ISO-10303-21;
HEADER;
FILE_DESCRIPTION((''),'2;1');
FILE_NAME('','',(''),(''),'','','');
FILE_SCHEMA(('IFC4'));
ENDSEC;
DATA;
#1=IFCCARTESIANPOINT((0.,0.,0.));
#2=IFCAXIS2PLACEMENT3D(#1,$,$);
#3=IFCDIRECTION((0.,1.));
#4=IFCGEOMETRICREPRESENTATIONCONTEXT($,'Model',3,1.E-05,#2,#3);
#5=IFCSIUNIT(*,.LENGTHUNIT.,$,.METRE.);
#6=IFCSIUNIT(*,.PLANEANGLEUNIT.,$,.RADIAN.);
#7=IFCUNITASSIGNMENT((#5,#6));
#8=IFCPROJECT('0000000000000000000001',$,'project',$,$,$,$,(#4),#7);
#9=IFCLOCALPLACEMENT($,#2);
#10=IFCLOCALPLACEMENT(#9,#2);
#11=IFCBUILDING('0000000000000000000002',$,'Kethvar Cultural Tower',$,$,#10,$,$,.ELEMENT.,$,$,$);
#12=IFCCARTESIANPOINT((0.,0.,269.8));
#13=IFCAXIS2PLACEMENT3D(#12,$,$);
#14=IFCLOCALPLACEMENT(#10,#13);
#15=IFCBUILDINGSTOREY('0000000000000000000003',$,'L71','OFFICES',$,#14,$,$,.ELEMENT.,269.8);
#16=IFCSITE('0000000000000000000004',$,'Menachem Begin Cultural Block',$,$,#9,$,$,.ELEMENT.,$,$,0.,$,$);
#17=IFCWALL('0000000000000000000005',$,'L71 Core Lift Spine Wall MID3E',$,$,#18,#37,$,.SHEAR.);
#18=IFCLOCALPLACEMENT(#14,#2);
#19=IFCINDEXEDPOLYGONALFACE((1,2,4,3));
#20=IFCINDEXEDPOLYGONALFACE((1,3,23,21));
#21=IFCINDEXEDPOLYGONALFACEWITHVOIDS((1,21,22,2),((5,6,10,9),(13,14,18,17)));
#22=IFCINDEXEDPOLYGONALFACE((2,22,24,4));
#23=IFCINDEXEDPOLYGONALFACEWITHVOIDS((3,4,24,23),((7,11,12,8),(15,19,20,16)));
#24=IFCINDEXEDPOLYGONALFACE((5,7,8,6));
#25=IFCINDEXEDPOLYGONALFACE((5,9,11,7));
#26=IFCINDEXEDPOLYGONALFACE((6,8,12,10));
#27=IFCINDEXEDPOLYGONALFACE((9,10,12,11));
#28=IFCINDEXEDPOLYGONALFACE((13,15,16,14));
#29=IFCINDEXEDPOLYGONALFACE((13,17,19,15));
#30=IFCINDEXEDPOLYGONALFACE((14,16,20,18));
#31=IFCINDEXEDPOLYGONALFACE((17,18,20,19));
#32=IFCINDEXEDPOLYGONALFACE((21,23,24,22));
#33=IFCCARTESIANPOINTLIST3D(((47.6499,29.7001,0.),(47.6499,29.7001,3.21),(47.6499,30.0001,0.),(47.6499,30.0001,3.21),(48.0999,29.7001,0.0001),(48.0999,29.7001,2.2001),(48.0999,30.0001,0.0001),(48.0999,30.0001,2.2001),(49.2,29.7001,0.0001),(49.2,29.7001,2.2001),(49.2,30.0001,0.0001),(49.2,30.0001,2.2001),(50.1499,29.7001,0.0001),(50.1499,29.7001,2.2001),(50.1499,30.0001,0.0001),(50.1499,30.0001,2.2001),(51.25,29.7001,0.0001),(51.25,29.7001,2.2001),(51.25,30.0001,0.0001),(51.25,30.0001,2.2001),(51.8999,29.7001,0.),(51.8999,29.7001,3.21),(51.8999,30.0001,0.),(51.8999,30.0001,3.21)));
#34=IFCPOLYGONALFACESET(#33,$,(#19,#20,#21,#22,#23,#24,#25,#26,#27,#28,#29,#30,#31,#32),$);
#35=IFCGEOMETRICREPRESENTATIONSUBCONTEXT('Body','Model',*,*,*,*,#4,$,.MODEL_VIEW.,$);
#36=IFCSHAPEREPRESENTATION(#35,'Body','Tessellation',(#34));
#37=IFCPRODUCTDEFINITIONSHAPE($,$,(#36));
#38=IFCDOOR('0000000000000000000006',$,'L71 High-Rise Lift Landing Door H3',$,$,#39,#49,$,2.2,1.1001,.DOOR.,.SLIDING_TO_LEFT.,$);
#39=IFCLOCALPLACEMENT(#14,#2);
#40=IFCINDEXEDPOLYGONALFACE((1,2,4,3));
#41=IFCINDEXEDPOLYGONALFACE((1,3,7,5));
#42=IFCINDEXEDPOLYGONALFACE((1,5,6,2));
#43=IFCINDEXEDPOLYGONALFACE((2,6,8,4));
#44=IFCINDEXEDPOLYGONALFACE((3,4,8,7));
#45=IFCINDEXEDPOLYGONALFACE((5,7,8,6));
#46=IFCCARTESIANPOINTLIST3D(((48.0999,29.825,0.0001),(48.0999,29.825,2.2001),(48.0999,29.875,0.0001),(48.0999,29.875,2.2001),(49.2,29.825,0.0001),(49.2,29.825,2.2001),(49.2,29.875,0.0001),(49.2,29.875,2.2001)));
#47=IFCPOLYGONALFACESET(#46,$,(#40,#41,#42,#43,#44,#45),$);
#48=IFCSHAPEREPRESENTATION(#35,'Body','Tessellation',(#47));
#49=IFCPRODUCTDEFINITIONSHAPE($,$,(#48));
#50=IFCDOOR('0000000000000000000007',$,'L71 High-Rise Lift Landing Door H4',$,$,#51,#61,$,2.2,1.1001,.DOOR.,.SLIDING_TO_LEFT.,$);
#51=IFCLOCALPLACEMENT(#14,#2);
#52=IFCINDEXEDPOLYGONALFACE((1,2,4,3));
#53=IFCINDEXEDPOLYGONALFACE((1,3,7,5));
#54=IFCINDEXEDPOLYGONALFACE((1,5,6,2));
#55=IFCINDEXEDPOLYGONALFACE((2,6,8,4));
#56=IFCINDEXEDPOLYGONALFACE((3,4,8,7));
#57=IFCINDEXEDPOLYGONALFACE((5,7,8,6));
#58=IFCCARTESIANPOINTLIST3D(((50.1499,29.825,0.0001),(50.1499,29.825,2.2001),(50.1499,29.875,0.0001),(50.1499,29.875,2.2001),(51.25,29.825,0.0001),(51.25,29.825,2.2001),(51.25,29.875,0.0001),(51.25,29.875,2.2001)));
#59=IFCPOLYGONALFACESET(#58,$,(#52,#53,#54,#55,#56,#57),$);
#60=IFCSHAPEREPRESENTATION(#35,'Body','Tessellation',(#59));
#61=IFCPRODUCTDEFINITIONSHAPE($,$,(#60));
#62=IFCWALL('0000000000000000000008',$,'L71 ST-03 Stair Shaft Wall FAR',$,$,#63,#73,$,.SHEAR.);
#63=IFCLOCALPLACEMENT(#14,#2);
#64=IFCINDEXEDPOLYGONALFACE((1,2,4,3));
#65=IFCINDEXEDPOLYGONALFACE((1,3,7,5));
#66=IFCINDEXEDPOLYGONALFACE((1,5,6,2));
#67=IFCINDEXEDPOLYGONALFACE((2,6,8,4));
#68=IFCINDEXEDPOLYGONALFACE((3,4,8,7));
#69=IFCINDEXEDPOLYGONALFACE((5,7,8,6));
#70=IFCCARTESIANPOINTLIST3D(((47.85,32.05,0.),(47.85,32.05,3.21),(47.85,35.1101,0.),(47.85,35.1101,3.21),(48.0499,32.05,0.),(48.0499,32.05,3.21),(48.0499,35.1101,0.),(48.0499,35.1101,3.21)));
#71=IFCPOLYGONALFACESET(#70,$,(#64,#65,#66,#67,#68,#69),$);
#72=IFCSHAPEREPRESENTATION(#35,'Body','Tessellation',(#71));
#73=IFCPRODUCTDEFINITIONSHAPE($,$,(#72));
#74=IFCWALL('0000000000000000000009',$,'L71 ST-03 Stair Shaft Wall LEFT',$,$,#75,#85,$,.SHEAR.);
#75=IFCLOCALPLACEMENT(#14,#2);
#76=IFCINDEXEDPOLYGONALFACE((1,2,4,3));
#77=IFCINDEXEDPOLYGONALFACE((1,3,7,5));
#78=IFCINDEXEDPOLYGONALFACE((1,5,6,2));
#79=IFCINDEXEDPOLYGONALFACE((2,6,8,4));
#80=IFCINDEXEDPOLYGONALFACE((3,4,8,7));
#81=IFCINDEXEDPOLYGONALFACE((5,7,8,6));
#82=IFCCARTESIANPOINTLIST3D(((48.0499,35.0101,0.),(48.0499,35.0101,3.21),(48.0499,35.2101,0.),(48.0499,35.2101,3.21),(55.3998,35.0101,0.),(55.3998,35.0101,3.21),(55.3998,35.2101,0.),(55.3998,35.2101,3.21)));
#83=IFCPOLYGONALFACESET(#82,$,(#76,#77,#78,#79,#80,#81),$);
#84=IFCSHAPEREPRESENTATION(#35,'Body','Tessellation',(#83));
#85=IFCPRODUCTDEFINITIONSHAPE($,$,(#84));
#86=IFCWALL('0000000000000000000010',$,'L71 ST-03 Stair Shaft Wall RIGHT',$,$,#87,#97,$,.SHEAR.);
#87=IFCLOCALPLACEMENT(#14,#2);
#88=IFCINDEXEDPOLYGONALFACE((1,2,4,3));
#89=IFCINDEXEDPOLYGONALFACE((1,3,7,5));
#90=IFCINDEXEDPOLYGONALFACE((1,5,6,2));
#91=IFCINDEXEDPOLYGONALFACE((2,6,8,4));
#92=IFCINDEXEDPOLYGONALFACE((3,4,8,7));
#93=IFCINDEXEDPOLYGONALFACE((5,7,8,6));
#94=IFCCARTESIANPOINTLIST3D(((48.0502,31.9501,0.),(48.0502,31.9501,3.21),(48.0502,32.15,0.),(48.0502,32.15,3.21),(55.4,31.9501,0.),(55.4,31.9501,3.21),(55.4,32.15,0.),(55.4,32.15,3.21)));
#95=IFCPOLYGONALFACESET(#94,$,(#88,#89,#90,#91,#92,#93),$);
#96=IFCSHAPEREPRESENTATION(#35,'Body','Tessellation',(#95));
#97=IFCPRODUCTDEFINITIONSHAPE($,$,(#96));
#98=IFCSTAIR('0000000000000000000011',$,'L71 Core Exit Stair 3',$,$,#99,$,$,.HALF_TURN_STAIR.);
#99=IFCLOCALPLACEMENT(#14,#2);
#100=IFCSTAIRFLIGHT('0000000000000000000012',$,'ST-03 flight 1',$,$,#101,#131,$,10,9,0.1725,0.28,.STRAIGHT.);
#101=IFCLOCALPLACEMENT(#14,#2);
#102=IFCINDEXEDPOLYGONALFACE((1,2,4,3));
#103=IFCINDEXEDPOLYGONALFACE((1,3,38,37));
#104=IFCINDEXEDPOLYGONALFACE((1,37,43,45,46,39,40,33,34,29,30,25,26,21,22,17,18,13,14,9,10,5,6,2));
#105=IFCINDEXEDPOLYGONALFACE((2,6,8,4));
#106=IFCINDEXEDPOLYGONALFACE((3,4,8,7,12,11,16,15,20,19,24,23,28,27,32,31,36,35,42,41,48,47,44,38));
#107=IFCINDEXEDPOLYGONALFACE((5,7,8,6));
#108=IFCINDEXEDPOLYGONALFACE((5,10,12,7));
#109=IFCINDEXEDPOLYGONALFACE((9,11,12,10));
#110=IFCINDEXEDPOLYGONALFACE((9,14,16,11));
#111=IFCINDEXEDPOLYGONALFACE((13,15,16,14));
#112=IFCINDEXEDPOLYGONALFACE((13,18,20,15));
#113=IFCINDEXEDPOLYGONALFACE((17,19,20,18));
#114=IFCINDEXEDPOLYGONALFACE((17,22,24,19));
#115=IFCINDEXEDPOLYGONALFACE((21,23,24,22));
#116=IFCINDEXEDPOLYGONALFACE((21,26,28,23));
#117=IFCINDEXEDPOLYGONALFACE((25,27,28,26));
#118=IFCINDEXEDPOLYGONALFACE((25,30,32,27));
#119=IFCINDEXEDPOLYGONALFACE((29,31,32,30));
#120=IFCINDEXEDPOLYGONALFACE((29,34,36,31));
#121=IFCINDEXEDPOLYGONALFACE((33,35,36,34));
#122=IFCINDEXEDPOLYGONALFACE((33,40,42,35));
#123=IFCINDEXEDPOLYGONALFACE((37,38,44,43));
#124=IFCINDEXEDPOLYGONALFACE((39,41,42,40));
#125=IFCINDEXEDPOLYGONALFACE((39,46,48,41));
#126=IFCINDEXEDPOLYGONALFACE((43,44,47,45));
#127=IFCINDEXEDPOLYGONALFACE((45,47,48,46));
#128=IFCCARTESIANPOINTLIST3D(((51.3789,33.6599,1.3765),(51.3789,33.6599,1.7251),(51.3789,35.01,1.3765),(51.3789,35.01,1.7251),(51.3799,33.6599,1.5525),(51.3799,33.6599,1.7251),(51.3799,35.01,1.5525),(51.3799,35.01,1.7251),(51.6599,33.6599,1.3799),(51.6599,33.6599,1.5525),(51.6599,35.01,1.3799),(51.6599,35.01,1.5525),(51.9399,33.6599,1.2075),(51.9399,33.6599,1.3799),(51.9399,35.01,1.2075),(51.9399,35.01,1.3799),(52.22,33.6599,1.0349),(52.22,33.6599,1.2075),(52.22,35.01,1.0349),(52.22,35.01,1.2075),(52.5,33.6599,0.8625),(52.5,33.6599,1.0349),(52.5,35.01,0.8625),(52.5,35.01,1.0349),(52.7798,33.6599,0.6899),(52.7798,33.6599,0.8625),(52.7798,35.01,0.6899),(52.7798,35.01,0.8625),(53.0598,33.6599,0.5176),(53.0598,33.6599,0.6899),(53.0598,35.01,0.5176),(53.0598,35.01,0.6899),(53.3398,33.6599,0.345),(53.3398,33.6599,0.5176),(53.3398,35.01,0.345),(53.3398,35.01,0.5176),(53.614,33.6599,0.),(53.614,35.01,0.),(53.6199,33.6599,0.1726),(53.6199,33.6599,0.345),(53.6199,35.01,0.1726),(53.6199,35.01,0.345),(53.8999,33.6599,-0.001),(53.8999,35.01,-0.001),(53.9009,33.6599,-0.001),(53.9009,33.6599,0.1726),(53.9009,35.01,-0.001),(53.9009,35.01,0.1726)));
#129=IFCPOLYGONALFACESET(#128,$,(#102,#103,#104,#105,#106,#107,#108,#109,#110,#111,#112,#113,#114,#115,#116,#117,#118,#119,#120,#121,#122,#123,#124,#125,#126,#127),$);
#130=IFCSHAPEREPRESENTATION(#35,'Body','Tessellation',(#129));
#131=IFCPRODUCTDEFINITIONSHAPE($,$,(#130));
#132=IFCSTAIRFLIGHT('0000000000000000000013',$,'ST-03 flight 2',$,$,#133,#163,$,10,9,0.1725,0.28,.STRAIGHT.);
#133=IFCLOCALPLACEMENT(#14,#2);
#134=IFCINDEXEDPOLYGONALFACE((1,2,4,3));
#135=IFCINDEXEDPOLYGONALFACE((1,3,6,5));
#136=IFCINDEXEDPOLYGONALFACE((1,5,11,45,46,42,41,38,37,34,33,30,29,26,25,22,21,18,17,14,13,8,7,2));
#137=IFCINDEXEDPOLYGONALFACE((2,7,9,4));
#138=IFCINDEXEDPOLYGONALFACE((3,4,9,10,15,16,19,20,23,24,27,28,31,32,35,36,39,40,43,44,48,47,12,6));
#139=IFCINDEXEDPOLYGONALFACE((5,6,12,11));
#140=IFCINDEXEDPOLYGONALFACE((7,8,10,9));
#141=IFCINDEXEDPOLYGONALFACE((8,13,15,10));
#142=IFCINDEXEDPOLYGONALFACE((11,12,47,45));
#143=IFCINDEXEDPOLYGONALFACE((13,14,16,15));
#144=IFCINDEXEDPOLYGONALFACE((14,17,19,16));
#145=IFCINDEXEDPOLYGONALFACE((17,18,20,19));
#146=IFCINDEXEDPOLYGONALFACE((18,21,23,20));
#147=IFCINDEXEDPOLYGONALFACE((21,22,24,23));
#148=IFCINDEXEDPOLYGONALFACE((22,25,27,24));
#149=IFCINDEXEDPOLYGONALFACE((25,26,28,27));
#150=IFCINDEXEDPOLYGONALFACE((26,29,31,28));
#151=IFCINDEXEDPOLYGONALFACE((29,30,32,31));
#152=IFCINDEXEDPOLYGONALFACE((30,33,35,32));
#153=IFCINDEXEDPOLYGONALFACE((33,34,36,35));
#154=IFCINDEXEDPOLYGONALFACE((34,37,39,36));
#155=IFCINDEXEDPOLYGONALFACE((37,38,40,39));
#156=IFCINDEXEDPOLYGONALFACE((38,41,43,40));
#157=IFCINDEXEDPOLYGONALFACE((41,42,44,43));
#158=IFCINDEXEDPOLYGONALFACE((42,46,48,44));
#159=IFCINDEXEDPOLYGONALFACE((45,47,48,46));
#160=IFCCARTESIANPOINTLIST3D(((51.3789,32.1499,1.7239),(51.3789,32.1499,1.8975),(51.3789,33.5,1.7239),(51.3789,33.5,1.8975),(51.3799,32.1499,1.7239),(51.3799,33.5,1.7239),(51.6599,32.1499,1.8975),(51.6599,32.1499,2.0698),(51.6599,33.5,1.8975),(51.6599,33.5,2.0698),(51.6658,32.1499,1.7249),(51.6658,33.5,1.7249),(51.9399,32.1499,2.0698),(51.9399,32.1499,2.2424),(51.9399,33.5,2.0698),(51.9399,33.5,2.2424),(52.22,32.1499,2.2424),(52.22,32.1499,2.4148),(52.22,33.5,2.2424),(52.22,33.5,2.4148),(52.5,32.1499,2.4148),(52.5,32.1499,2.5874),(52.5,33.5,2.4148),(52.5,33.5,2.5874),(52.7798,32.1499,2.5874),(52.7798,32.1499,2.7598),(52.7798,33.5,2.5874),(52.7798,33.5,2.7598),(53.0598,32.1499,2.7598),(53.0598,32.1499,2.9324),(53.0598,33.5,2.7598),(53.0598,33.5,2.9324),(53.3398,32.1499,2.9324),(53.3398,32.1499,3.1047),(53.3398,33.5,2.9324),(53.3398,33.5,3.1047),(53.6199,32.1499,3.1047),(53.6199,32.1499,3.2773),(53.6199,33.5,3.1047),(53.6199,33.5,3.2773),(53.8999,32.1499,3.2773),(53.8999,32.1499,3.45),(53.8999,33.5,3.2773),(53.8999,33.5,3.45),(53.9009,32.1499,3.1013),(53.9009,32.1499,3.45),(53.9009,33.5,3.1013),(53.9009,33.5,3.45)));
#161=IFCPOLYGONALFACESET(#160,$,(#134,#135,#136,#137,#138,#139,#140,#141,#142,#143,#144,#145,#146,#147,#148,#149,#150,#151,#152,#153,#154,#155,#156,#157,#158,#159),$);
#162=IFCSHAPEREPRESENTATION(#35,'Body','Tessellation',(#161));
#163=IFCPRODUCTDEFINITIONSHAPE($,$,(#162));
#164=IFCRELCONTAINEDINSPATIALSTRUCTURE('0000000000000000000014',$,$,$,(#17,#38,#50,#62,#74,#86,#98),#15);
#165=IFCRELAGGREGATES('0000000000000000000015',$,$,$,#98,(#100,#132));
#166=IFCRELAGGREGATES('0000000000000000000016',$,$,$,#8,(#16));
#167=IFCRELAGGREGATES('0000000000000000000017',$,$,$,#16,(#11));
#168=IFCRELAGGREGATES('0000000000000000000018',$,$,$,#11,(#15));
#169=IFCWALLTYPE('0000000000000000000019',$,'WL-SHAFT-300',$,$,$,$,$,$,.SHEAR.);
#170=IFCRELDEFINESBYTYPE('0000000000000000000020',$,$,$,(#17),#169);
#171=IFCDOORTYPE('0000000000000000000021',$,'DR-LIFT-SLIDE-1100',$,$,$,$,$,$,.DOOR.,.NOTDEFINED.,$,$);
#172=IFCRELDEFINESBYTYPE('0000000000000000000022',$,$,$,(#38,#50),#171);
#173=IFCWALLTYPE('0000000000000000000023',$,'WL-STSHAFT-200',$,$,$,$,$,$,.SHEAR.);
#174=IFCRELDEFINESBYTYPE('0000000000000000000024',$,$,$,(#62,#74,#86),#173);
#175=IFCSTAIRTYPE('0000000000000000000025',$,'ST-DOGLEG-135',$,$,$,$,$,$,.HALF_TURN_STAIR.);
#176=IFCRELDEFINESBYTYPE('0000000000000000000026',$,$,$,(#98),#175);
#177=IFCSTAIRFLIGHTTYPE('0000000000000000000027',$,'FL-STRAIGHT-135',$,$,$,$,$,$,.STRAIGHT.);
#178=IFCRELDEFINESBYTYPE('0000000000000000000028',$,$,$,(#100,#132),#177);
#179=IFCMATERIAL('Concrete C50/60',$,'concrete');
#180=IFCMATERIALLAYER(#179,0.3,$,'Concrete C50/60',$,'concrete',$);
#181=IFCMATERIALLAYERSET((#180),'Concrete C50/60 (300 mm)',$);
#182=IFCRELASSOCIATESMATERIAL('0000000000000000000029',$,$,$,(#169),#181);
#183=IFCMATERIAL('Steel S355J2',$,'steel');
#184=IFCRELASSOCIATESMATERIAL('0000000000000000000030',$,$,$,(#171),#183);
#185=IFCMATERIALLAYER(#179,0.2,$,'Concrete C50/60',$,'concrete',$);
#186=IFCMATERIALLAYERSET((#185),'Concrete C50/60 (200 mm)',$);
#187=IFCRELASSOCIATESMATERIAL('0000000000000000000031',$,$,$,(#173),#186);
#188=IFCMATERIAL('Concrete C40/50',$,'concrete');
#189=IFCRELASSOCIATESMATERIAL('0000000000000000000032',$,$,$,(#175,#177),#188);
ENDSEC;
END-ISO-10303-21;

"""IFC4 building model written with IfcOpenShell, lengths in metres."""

from ifc_helpers import new_model, si_unit, direction, frame, frame_2d, origin, place, context, subcontext, project, spatial, polyline, rectangle, outline, extrude, source, transform, mapped, material, layer, layer_set, type_object, element, fill, aggregate, save


model = new_model("IFC4")

# Units and contexts
model_context = context("Model", 3, precision=1e-05, world=origin(), true_north=direction((0.0, 1.0)))
body_context = subcontext(model_context, "Body", "Model", "MODEL_VIEW")
ifc_project = project(units=[si_unit("LENGTHUNIT", "METRE"), si_unit("PLANEANGLEUNIT", "RADIAN")], contexts=[model_context])

# Site, building, storey
site_placement = place(None, origin())
site = spatial("IfcSite", under=ifc_project, at=site_placement, Name="Menachem Begin Cultural Block", CompositionType="ELEMENT", RefElevation=0.0)
building_placement = place(site_placement, origin())
building = spatial("IfcBuilding", under=site, at=building_placement, Name="Kethvar Cultural Tower", CompositionType="ELEMENT")
storey_placement = place(building_placement, frame((0.0, 0.0, 269.8)))
storey = spatial("IfcBuildingStorey", under=building, at=storey_placement, Name="L71", Description="OFFICES", CompositionType="ELEMENT", Elevation=269.8)

# Shared definitions
ifc_material_1 = material(Name="Steel S355J2", Category="steel")

# Shared definitions
ifc_material_2 = material(Name="Concrete C40/50", Category="concrete")

# Wall, openings, doors
ifc_material_3 = material(Name="Concrete C50/60", Category="concrete")
ifc_layer_1 = layer(ifc_material_3, 0.3, Name="Concrete C50/60", Category="concrete")
ifc_layer_set_1 = layer_set([ifc_layer_1], Name="Concrete C50/60 (300 mm)")
wall_type_1 = type_object("IfcWallType", Name="WL-SHAFT-300", PredefinedType="SHEAR", material=ifc_layer_set_1)
wall_1_placement = place(storey_placement, frame((47.6499, 29.8501, 0.0), z_axis=(0.0, 0.0, 1.0), x_axis=(1.0, 0.0, 0.0)))
wall_1 = element("IfcWall", 1, at=wall_1_placement, inside=storey, type_object=wall_type_1, Name="L71 Core Lift Spine Wall MID3E", PredefinedType="SHEAR", context=body_context, shape_type="SweptSolid", body=[
    extrude(rectangle(XDim=4.25, YDim=0.3, at=frame_2d((2.125, 0.0))), origin(), (0.0, 0.0, 1.0), 3.21),
])
opening_1_placement = place(wall_1_placement, frame((0.45, 0.0, 0.0)))
opening_1 = element("IfcOpeningElement", 2, at=opening_1_placement, cuts=wall_1, PredefinedType="OPENING", context=body_context, shape_type="SweptSolid", body=[
    extrude(rectangle(XDim=1.1001, YDim=2.2, at=frame_2d((0.55, 1.1001))), frame((0.0, 0.1599, 0.0), z_axis=(0.0, -1.0, 0.0), x_axis=(1.0, 0.0, 0.0)), (0.0, 0.0, 1.0), 0.3201),
])
opening_2_placement = place(wall_1_placement, frame((2.5, 0.0, 0.0)))
opening_2 = element("IfcOpeningElement", 3, at=opening_2_placement, cuts=wall_1, PredefinedType="OPENING", context=body_context, shape_type="SweptSolid", body=[
    extrude(rectangle(XDim=1.1001, YDim=2.2, at=frame_2d((0.55, 1.1001))), frame((0.0, 0.1599, 0.0), z_axis=(0.0, -1.0, 0.0), x_axis=(1.0, 0.0, 0.0)), (0.0, 0.0, 1.0), 0.3201),
])
door_type = type_object("IfcDoorType", Name="DR-LIFT-SLIDE-1100", OperationType="NOTDEFINED", PredefinedType="DOOR", material=ifc_material_1)
shared_shape_1 = source(origin(), body_context, "Body", "SweptSolid", [
    extrude(rectangle(XDim=1.1001, YDim=2.2, at=frame_2d((0.55, 1.1001))), frame((0.0, 0.0249, 0.0), z_axis=(0.0, -1.0, 0.0), x_axis=(1.0, 0.0, 0.0)), (0.0, 0.0, 1.0), 0.05),
])
door_1_placement = place(opening_1_placement, origin())
door_1 = element("IfcDoor", 4, at=door_1_placement, inside=storey, type_object=door_type, Name="L71 High-Rise Lift Landing Door H3", OperationType="SLIDING_TO_LEFT", OverallHeight=2.2, OverallWidth=1.1001, PredefinedType="DOOR", context=body_context, shape_type="MappedRepresentation", body=[
    mapped(shared_shape_1, transform((0.0, 0.0, 0.0), scale=1.0)),
])
fill(opening_1, door_1)
door_2_placement = place(opening_2_placement, origin())
door_2 = element("IfcDoor", 5, at=door_2_placement, inside=storey, type_object=door_type, Name="L71 High-Rise Lift Landing Door H4", OperationType="SLIDING_TO_LEFT", OverallHeight=2.2, OverallWidth=1.1001, PredefinedType="DOOR", context=body_context, shape_type="MappedRepresentation", body=[
    mapped(shared_shape_1, transform((0.0, 0.0, 0.0), scale=1.0)),
])
fill(opening_2, door_2)

# Walls
ifc_layer_2 = layer(ifc_material_3, 0.2, Name="Concrete C50/60", Category="concrete")
ifc_layer_set_2 = layer_set([ifc_layer_2], Name="Concrete C50/60 (200 mm)")
wall_type_2 = type_object("IfcWallType", Name="WL-STSHAFT-200", PredefinedType="SHEAR", material=ifc_layer_set_2)
wall_2_placement = place(storey_placement, frame((47.95, 32.05, 0.0), z_axis=(0.0, 0.0, 1.0), x_axis=(0.0, 1.0, 0.0)))
element("IfcWall", 6, at=wall_2_placement, inside=storey, type_object=wall_type_2, Name="L71 ST-03 Stair Shaft Wall FAR", PredefinedType="SHEAR", context=body_context, shape_type="SweptSolid", body=[
    extrude(rectangle(XDim=3.0601, YDim=0.2, at=frame_2d((1.53, 0.0))), origin(), (0.0, 0.0, 1.0), 3.21),
])
for number, where, z_axis, x_axis, name in (
    (7, (48.05, 35.1101, 0.0), (0.0, 0.0, 1.0), (1.0, 0.0, 0.0), "L71 ST-03 Stair Shaft Wall LEFT"),
    (8, (55.3999, 32.05, 0.0), (0.0, 0.0, 1.0), (-1.0, 0.0, 0.0), "L71 ST-03 Stair Shaft Wall RIGHT"),
):
    element("IfcWall", number, at=place(storey_placement, frame(where, z_axis=z_axis, x_axis=x_axis)), inside=storey, type_object=wall_type_2, Name=name, PredefinedType="SHEAR", context=body_context, shape_type="SweptSolid", body=[
        extrude(rectangle(XDim=7.3499, YDim=0.2, at=frame_2d((3.6748, 0.0))), origin(), (0.0, 0.0, 1.0), 3.21),
    ])

# Stair, stair flights
stair_type = type_object("IfcStairType", Name="ST-DOGLEG-135", PredefinedType="HALF_TURN_STAIR", material=ifc_material_2)
stair_placement = place(storey_placement, origin())
stair = element("IfcStair", 9, at=stair_placement, inside=storey, type_object=stair_type, Name="L71 Core Exit Stair 3", PredefinedType="HALF_TURN_STAIR")
stair_flight_type = type_object("IfcStairFlightType", Name="FL-STRAIGHT-135", PredefinedType="STRAIGHT", material=ifc_material_2)
stair_flight_1_placement = place(storey_placement, frame((53.8999, 34.335, 0.0), z_axis=(0.0, 0.0, 1.0), x_axis=(-1.0, 0.0, 0.0)))
stair_flight_1 = element("IfcStairFlight", 10, at=stair_flight_1_placement, type_object=stair_flight_type, Name="ST-03 flight 1", NumberOfRisers=10, NumberOfTreads=9, PredefinedType="STRAIGHT", RiserHeight=0.1725, TreadLength=0.28, context=body_context, shape_type="SweptSolid", body=[
    extrude(outline(polyline([(-0.001, -0.001), (-0.001, 0.1726), (0.28, 0.1726), (0.28, 0.345), (0.5601, 0.345), (0.5601, 0.5176), (0.8401, 0.5176), (0.8401, 0.6899), (1.1201, 0.6899), (1.1201, 0.8625), (1.3999, 0.8625), (1.3999, 1.0349), (1.6799, 1.0349), (1.6799, 1.2075), (1.96, 1.2075), (1.96, 1.3799), (2.24, 1.3799), (2.24, 1.5525), (2.52, 1.5525), (2.52, 1.7251), (2.521, 1.7251), (2.521, 1.3765), (0.2859, 0.0), (0.0, -0.001), (-0.001, -0.001)])), frame((0.0, 0.675, 0.0), z_axis=(0.0, -1.0, 0.0), x_axis=(1.0, 0.0, 0.0)), (0.0, 0.0, 1.0), 1.3501),
])
stair_flight_2_placement = place(storey_placement, frame((51.3799, 32.825, 1.7249), z_axis=(0.0, 0.0, 1.0), x_axis=(1.0, 0.0, 0.0)))
stair_flight_2 = element("IfcStairFlight", 11, at=stair_flight_2_placement, type_object=stair_flight_type, Name="ST-03 flight 2", NumberOfRisers=10, NumberOfTreads=9, PredefinedType="STRAIGHT", RiserHeight=0.1725, TreadLength=0.28, context=body_context, shape_type="SweptSolid", body=[
    extrude(outline(polyline([(-0.001, -0.001), (-0.001, 0.1726), (0.28, 0.1726), (0.28, 0.345), (0.5601, 0.345), (0.5601, 0.5176), (0.8401, 0.5176), (0.8401, 0.6899), (1.1201, 0.6899), (1.1201, 0.8625), (1.3999, 0.8625), (1.3999, 1.0349), (1.6799, 1.0349), (1.6799, 1.2075), (1.96, 1.2075), (1.96, 1.3799), (2.24, 1.3799), (2.24, 1.5525), (2.52, 1.5525), (2.52, 1.7251), (2.521, 1.7251), (2.521, 1.3765), (0.2859, 0.0), (0.0, -0.001), (-0.001, -0.001)])), frame((0.0, 0.675, 0.0), z_axis=(0.0, -1.0, 0.0), x_axis=(1.0, 0.0, 0.0)), (0.0, 0.0, 1.0), 1.3501),
])
aggregate(stair, [stair_flight_1, stair_flight_2])

save(model, "model.ifc")
